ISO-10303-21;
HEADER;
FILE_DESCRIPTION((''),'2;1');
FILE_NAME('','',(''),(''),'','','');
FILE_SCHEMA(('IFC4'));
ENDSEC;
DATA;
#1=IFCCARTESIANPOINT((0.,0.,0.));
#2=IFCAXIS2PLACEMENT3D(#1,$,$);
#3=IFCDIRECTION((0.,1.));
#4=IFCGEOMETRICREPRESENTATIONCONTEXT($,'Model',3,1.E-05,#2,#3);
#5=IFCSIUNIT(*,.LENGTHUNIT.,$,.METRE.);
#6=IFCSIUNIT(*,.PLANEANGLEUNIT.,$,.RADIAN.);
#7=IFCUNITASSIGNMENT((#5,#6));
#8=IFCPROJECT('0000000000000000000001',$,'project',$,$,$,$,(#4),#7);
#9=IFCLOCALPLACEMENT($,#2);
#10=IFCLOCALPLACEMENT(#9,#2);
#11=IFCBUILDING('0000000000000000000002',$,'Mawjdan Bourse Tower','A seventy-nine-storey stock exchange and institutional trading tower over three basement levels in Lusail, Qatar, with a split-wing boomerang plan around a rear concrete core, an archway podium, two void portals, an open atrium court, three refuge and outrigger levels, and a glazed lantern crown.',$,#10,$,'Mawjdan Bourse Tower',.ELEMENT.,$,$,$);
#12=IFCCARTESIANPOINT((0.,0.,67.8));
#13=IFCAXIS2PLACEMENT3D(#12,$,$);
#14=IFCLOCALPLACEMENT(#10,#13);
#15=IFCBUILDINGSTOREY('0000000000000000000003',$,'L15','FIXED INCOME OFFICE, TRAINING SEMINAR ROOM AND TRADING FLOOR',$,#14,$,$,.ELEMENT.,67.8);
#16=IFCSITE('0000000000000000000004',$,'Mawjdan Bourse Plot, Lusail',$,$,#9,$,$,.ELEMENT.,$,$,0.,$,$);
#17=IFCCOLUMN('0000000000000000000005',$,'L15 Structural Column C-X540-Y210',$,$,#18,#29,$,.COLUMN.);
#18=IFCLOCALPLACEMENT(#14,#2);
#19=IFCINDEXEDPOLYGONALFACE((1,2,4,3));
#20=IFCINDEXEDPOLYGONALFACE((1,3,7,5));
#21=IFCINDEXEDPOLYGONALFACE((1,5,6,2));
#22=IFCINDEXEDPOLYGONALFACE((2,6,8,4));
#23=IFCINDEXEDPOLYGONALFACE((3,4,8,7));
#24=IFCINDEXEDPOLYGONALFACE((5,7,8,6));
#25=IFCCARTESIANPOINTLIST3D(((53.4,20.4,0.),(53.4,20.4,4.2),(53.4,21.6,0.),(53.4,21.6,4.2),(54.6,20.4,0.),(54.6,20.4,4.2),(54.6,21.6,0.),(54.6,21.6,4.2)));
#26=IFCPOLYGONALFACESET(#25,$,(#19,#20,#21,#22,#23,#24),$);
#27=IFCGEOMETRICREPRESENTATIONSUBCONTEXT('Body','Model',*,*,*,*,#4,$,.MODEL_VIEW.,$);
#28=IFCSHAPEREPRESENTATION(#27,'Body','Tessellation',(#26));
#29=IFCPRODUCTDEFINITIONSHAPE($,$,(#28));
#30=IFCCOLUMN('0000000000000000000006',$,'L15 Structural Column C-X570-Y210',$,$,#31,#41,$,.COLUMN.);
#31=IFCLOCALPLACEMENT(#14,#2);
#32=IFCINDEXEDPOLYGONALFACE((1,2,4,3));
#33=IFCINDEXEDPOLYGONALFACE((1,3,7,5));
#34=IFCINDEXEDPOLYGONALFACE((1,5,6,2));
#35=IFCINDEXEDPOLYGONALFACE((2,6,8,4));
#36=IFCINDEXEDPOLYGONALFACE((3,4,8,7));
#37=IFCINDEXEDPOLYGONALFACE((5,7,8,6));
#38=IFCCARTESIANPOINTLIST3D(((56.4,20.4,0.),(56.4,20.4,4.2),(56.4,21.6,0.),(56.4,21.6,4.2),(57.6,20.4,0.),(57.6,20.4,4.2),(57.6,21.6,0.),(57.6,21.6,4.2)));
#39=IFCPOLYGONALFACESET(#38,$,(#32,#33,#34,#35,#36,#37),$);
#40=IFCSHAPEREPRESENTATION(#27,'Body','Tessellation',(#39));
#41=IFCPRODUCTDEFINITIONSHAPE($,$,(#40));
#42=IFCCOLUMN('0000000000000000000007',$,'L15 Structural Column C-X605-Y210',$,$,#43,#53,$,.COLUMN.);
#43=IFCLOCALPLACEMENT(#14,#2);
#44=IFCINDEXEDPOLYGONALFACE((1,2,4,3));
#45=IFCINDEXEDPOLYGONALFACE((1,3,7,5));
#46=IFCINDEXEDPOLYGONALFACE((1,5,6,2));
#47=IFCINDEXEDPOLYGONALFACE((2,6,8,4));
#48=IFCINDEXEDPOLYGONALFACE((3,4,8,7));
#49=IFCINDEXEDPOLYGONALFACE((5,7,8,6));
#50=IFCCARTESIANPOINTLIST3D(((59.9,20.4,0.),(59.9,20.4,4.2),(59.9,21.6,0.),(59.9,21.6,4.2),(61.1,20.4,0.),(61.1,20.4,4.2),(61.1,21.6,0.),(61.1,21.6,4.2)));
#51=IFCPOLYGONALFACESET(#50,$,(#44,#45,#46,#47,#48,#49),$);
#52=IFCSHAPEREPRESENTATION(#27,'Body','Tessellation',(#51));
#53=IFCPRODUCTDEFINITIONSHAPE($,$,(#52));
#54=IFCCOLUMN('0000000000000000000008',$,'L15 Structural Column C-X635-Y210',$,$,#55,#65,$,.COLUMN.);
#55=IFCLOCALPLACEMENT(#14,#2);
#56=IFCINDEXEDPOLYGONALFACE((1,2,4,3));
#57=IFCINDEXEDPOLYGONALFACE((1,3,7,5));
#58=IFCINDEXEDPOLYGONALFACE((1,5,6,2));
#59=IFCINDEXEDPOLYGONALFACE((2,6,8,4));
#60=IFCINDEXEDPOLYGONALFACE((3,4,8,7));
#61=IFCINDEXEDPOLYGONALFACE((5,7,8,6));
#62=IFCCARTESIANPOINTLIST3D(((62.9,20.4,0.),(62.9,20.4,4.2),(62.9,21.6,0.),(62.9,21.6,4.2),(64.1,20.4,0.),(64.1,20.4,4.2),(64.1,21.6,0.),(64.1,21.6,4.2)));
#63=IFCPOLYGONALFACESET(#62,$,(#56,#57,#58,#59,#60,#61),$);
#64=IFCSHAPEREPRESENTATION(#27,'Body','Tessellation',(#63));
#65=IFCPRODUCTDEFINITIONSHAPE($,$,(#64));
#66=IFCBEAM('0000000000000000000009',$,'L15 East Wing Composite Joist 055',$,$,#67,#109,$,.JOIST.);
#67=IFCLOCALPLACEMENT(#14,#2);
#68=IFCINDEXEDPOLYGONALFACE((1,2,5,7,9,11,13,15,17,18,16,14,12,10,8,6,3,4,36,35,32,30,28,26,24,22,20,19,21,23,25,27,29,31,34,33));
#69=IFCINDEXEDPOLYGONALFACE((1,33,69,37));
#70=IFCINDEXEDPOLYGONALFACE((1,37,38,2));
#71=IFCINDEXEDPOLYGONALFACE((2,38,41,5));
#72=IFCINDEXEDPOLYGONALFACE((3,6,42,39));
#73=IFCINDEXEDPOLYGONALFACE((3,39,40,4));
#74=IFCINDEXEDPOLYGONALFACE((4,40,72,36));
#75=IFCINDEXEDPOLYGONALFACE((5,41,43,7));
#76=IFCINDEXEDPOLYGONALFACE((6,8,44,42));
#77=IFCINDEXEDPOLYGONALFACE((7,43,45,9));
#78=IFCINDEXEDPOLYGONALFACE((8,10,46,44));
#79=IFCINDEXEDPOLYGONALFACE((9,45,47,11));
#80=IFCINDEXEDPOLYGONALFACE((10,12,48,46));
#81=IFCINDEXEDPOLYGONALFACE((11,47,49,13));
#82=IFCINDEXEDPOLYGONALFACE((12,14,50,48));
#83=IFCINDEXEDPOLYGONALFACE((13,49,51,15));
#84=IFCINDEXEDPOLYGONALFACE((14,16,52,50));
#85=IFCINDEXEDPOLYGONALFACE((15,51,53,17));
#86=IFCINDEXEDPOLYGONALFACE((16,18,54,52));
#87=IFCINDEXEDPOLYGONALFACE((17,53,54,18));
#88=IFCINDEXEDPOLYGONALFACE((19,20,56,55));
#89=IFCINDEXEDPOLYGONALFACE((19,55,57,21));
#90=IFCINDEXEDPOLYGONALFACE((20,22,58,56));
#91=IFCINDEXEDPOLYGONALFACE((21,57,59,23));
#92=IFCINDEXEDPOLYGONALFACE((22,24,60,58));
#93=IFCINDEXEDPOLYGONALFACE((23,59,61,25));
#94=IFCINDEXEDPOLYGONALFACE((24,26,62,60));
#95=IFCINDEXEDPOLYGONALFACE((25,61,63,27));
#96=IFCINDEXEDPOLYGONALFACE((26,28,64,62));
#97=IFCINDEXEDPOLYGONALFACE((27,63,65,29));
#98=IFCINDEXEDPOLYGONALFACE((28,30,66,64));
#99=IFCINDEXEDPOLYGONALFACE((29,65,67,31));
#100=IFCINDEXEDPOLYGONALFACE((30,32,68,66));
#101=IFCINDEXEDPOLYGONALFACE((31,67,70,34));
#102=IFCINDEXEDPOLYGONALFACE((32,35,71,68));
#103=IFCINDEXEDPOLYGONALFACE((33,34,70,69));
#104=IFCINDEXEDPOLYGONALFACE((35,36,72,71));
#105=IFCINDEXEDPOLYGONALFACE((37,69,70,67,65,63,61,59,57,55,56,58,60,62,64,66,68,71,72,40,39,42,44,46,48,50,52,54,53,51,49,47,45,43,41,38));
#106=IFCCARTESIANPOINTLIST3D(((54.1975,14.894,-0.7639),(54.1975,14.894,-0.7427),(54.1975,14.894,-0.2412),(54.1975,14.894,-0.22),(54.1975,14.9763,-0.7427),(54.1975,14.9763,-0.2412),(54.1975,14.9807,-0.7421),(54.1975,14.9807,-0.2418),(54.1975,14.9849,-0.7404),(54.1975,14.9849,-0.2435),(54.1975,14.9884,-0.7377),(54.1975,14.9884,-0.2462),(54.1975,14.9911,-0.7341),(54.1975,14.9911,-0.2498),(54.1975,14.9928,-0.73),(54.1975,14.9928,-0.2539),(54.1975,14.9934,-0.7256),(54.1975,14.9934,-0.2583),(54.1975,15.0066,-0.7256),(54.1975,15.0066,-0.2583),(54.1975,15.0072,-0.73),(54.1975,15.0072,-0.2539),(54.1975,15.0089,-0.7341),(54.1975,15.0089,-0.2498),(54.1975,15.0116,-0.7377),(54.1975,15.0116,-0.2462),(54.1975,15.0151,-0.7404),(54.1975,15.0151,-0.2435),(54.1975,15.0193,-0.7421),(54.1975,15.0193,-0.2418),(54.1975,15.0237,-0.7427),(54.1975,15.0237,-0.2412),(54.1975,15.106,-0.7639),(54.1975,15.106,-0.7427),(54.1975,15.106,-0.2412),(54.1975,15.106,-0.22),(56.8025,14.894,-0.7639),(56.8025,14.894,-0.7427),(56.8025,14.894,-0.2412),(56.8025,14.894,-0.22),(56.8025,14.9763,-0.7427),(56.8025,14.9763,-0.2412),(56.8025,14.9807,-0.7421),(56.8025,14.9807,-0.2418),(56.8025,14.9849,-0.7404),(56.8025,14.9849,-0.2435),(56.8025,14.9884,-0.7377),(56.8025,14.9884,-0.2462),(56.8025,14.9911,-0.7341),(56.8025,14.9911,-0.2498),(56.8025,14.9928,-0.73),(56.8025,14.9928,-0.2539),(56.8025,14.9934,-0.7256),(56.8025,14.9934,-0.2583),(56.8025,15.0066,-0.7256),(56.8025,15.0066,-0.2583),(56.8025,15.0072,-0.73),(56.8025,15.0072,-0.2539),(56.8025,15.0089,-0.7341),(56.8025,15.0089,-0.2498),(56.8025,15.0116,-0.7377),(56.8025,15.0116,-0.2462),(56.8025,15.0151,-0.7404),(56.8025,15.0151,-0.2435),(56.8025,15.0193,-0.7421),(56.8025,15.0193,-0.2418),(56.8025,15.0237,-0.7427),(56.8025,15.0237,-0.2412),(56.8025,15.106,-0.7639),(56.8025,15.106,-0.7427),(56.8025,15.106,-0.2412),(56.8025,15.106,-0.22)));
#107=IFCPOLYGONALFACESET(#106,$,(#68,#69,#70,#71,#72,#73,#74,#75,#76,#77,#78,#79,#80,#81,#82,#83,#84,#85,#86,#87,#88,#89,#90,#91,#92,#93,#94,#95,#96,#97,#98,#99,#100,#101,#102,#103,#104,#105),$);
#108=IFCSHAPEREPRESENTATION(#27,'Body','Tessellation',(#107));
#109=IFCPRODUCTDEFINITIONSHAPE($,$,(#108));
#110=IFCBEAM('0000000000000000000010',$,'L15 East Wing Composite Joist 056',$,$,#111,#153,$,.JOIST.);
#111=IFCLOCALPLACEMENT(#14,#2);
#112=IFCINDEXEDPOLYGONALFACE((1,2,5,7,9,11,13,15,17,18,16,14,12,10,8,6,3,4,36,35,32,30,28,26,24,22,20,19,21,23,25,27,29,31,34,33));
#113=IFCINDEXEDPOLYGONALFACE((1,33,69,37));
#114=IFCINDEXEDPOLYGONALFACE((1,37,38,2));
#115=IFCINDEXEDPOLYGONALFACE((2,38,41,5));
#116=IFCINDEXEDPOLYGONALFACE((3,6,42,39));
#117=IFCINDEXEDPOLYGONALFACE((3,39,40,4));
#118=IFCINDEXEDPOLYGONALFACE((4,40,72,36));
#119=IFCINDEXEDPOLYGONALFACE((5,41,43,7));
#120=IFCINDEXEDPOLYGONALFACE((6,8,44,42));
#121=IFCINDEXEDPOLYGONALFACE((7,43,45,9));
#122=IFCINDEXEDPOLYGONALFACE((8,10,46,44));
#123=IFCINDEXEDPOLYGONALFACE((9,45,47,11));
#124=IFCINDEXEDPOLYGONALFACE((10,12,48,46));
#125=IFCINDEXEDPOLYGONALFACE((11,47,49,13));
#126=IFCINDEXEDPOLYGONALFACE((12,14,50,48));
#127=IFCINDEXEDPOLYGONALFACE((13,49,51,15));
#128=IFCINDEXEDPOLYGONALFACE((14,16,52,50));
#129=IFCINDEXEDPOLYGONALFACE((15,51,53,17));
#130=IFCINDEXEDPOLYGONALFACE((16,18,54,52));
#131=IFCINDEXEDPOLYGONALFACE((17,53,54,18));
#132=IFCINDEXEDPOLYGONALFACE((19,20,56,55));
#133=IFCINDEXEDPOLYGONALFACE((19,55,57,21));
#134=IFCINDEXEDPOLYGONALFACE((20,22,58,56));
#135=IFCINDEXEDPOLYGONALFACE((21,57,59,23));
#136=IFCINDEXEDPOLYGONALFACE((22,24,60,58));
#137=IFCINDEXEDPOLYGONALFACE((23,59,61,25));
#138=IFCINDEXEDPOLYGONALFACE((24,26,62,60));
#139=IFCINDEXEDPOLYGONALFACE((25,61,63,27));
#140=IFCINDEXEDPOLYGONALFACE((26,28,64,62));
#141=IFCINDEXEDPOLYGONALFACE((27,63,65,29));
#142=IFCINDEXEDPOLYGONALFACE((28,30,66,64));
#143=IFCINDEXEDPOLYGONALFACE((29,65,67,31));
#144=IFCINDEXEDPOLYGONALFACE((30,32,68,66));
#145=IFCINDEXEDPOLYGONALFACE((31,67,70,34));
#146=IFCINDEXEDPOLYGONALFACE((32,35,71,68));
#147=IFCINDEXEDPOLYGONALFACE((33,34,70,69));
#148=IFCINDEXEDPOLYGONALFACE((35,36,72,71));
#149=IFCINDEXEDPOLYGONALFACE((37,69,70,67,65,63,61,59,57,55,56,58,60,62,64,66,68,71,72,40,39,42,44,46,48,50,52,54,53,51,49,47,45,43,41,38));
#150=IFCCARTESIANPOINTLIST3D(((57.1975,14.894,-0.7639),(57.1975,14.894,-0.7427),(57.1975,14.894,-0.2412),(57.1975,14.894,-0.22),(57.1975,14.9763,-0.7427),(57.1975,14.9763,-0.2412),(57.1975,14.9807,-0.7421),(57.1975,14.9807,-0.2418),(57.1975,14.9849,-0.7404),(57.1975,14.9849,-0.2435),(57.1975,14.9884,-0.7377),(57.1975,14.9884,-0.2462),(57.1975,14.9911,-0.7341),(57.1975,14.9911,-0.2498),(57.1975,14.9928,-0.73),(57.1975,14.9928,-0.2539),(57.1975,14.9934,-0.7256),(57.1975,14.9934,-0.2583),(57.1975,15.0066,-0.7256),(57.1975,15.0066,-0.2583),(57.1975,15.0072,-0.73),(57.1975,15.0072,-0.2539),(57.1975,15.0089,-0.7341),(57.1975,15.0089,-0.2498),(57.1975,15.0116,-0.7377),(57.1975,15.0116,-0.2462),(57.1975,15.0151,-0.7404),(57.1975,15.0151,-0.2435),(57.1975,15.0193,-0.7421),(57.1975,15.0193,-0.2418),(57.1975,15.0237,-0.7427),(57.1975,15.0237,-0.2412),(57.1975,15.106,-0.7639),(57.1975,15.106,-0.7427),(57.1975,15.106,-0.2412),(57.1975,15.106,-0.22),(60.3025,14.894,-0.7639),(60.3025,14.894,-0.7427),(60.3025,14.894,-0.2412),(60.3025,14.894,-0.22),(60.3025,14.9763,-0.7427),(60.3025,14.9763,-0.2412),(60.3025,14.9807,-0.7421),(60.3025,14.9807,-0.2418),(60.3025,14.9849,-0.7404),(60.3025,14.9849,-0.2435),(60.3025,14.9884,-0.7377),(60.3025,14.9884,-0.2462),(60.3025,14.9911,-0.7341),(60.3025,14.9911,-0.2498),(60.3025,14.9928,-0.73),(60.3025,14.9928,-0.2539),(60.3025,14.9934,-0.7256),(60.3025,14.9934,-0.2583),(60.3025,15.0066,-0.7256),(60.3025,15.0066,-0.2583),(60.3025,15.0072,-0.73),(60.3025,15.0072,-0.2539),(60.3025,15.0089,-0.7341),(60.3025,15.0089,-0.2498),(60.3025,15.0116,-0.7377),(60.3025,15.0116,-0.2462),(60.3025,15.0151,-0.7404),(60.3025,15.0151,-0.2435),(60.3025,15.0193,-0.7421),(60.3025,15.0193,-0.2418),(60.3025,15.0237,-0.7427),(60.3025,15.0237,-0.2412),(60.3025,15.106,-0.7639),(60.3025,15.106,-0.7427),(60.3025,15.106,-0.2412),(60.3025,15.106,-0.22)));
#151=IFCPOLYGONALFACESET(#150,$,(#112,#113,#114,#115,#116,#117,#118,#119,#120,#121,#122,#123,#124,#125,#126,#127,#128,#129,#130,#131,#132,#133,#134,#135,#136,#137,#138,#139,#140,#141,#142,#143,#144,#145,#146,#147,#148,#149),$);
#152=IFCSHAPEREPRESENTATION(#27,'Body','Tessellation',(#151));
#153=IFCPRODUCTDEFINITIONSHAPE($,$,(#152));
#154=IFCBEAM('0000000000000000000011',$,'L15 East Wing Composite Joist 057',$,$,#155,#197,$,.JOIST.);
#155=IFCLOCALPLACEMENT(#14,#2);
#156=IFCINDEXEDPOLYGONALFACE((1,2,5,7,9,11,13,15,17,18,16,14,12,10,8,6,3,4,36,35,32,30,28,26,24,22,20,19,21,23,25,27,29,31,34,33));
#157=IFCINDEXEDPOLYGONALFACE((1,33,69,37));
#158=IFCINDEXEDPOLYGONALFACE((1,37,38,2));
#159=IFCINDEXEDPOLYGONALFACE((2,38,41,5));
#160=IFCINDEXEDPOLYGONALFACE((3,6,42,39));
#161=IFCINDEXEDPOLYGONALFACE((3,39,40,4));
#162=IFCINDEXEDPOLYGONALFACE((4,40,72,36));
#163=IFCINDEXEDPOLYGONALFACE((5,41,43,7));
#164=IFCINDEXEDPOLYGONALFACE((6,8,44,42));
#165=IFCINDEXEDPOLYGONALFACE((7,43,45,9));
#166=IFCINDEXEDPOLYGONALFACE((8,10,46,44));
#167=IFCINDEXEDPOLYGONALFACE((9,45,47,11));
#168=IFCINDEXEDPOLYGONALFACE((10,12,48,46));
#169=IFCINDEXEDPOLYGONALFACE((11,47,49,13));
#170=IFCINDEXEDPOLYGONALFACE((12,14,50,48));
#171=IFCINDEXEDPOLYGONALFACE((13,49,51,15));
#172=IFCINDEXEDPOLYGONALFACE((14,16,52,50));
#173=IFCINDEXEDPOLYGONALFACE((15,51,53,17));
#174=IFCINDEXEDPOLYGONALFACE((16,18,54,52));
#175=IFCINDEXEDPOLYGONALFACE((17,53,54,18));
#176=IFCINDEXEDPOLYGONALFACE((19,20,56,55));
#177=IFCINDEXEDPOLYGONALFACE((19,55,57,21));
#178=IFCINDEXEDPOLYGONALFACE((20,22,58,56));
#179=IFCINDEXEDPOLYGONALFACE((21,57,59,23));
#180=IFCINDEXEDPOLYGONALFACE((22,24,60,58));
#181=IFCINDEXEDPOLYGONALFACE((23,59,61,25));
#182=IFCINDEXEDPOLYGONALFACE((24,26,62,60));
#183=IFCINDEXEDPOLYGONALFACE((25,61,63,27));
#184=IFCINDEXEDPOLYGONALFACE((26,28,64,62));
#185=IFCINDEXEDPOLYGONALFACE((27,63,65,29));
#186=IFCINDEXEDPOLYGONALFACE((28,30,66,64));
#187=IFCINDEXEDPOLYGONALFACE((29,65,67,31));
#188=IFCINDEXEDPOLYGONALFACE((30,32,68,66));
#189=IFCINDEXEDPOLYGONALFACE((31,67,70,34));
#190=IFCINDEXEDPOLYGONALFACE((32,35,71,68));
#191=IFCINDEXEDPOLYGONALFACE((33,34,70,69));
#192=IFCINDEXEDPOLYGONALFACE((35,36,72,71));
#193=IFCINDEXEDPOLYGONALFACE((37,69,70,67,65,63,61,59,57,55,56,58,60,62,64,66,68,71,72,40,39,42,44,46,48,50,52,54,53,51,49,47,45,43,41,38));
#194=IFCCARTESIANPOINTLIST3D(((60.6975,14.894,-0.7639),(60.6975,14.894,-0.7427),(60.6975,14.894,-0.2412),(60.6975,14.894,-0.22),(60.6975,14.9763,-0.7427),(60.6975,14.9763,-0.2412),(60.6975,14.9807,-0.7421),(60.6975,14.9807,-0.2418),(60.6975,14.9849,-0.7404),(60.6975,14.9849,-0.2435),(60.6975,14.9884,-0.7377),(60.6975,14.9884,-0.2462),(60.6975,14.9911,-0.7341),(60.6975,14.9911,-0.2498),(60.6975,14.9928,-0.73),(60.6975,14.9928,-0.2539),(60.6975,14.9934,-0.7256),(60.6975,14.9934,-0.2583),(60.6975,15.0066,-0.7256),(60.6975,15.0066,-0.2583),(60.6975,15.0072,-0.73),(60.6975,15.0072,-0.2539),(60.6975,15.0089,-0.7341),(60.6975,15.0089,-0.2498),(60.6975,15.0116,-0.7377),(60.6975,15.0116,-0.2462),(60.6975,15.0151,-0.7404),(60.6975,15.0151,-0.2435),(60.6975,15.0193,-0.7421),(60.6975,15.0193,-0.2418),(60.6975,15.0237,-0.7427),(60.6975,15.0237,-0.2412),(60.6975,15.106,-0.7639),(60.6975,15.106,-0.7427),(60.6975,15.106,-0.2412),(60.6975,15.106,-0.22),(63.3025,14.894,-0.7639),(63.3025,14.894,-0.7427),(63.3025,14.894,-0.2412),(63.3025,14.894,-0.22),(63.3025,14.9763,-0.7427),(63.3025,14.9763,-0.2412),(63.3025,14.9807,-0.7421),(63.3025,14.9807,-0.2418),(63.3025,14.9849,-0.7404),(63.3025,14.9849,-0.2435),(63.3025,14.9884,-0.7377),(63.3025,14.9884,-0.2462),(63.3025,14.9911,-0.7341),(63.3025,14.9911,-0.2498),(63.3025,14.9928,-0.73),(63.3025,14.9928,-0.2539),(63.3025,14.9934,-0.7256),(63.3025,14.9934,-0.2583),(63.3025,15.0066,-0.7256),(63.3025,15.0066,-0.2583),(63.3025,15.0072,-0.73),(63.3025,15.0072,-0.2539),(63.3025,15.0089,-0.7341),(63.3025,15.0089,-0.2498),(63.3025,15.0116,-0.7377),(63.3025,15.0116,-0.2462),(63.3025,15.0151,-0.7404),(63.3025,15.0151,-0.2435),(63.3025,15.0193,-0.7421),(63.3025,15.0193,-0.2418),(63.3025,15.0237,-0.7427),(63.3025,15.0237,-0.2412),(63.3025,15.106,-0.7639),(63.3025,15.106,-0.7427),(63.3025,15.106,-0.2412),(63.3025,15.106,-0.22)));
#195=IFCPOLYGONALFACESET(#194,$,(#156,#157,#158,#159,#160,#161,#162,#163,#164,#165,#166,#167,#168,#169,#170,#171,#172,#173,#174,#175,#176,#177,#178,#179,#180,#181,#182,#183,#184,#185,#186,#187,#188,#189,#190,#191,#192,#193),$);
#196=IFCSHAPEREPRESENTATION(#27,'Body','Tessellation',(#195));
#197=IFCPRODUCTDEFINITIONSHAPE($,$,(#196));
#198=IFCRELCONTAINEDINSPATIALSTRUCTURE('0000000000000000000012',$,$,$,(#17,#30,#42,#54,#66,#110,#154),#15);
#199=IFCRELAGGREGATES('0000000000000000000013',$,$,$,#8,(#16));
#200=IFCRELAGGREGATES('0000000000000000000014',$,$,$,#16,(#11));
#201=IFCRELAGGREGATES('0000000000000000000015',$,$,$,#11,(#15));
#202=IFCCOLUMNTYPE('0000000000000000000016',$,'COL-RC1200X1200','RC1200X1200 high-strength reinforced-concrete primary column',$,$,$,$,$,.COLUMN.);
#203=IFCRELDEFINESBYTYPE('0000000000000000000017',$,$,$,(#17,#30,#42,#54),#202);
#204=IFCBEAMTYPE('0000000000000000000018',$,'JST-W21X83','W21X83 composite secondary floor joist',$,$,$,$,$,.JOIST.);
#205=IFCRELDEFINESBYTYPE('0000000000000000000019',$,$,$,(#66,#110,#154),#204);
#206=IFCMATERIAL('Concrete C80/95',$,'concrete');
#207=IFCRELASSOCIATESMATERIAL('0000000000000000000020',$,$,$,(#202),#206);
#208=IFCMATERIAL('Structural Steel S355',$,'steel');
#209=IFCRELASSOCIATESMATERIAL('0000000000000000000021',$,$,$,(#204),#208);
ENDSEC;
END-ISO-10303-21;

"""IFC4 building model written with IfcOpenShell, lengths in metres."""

from ifc_helpers import new_model, si_unit, direction, frame, origin, origin_2d, place, context, subcontext, project, spatial, rectangle, i_section, extrude, material, material_profile, profile_set, type_object, element, save


model = new_model("IFC4")

# Units and contexts
model_context = context("Model", 3, precision=1e-05, world=origin(), true_north=direction((0.0, 1.0)))
body_context = subcontext(model_context, "Body", "Model", "MODEL_VIEW")
ifc_project = project(units=[si_unit("LENGTHUNIT", "METRE"), si_unit("PLANEANGLEUNIT", "RADIAN")], contexts=[model_context])

# Site, building, storey
site_placement = place(None, origin())
site = spatial("IfcSite", under=ifc_project, at=site_placement, Name="Mawjdan Bourse Plot, Lusail", CompositionType="ELEMENT", RefElevation=0.0)
building_placement = place(site_placement, origin())
building = spatial("IfcBuilding", under=site, at=building_placement, Name="Mawjdan Bourse Tower", Description="A seventy-nine-storey stock exchange and institutional trading tower over three basement levels in Lusail, Qatar, with a split-wing boomerang plan around a rear concrete core, an archway podium, two void portals, an open atrium court, three refuge and outrigger levels, and a glazed lantern crown.", LongName="Mawjdan Bourse Tower", CompositionType="ELEMENT")
storey_placement = place(building_placement, frame((0.0, 0.0, 67.8)))
storey = spatial("IfcBuildingStorey", under=building, at=storey_placement, Name="L15", Description="FIXED INCOME OFFICE, TRAINING SEMINAR ROOM AND TRADING FLOOR", CompositionType="ELEMENT", Elevation=67.8)

# Columns
ifc_material_1 = material(Name="Concrete C80/95", Category="concrete")
ifc_material_profile_1 = material_profile(ifc_material_1, rectangle(XDim=1.2, YDim=1.2, at=origin_2d()), Name="RC1200X1200")
ifc_profile_set_1 = profile_set([ifc_material_profile_1], Name="Concrete C80/95")
column_type = type_object("IfcColumnType", Name="COL-RC1200X1200", Description="RC1200X1200 high-strength reinforced-concrete primary column", PredefinedType="COLUMN", material=ifc_profile_set_1)
for number, where, z_axis, x_axis, name in (
    (1, (54.0, 21.0, 0.0), (0.0, 0.0, 1.0), (1.0, 0.0, 0.0), "L15 Structural Column C-X540-Y210"),
    (2, (57.0, 21.0, 0.0), (0.0, 0.0, 1.0), (1.0, 0.0, 0.0), "L15 Structural Column C-X570-Y210"),
    (3, (60.5, 21.0, 0.0), (0.0, 0.0, 1.0), (1.0, 0.0, 0.0), "L15 Structural Column C-X605-Y210"),
    (4, (63.5, 21.0, 0.0), (0.0, 0.0, 1.0), (1.0, 0.0, 0.0), "L15 Structural Column C-X635-Y210"),
):
    element("IfcColumn", number, at=place(storey_placement, frame(where, z_axis=z_axis, x_axis=x_axis)), inside=storey, type_object=column_type, Name=name, PredefinedType="COLUMN", context=body_context, shape_type="SweptSolid", body=[
        extrude(rectangle(XDim=1.2, YDim=1.2, at=origin_2d()), origin(), (0.0, 0.0, 1.0), 4.2),
    ])

# Beams
ifc_material_2 = material(Name="Structural Steel S355", Category="steel")
ifc_material_profile_2 = material_profile(ifc_material_2, i_section(OverallWidth=0.2119, OverallDepth=0.5439, WebThickness=0.0132, FlangeThickness=0.0212, FilletRadius=0.0171, at=origin_2d()), Name="W21X83")
ifc_profile_set_2 = profile_set([ifc_material_profile_2], Name="Structural Steel S355")
beam_type_1 = type_object("IfcBeamType", Name="JST-W21X83", Description="W21X83 composite secondary floor joist", PredefinedType="JOIST", material=ifc_profile_set_2)
beam_1_placement = place(storey_placement, frame((54.1975, 15.0, -0.4919), z_axis=(1.0, 0.0, 0.0), x_axis=(0.0, 1.0, 0.0)))
element("IfcBeam", 5, at=beam_1_placement, inside=storey, type_object=beam_type_1, Name="L15 East Wing Composite Joist 055", PredefinedType="JOIST", context=body_context, shape_type="SweptSolid", body=[
    extrude(i_section(OverallWidth=0.2119, OverallDepth=0.5439, WebThickness=0.0132, FlangeThickness=0.0212, FilletRadius=0.0171, at=origin_2d()), origin(), (0.0, 0.0, 1.0), 2.605),
])
beam_2_placement = place(storey_placement, frame((57.1975, 15.0, -0.4919), z_axis=(1.0, 0.0, 0.0), x_axis=(0.0, 1.0, 0.0)))
element("IfcBeam", 6, at=beam_2_placement, inside=storey, type_object=beam_type_1, Name="L15 East Wing Composite Joist 056", PredefinedType="JOIST", context=body_context, shape_type="SweptSolid", body=[
    extrude(i_section(OverallWidth=0.2119, OverallDepth=0.5439, WebThickness=0.0132, FlangeThickness=0.0212, FilletRadius=0.0171, at=origin_2d()), origin(), (0.0, 0.0, 1.0), 3.105),
])
for number, where, z_axis, x_axis, name in (
    (7, (60.6975, 15.0, -0.4919), (1.0, 0.0, 0.0), (0.0, 1.0, 0.0), "L15 East Wing Composite Joist 057"),
):
    element("IfcBeam", number, at=place(storey_placement, frame(where, z_axis=z_axis, x_axis=x_axis)), inside=storey, type_object=beam_type_1, Name=name, PredefinedType="JOIST", context=body_context, shape_type="SweptSolid", body=[
        extrude(i_section(OverallWidth=0.2119, OverallDepth=0.5439, WebThickness=0.0132, FlangeThickness=0.0212, FilletRadius=0.0171, at=origin_2d()), origin(), (0.0, 0.0, 1.0), 2.605),
    ])

save(model, "model.ifc")
